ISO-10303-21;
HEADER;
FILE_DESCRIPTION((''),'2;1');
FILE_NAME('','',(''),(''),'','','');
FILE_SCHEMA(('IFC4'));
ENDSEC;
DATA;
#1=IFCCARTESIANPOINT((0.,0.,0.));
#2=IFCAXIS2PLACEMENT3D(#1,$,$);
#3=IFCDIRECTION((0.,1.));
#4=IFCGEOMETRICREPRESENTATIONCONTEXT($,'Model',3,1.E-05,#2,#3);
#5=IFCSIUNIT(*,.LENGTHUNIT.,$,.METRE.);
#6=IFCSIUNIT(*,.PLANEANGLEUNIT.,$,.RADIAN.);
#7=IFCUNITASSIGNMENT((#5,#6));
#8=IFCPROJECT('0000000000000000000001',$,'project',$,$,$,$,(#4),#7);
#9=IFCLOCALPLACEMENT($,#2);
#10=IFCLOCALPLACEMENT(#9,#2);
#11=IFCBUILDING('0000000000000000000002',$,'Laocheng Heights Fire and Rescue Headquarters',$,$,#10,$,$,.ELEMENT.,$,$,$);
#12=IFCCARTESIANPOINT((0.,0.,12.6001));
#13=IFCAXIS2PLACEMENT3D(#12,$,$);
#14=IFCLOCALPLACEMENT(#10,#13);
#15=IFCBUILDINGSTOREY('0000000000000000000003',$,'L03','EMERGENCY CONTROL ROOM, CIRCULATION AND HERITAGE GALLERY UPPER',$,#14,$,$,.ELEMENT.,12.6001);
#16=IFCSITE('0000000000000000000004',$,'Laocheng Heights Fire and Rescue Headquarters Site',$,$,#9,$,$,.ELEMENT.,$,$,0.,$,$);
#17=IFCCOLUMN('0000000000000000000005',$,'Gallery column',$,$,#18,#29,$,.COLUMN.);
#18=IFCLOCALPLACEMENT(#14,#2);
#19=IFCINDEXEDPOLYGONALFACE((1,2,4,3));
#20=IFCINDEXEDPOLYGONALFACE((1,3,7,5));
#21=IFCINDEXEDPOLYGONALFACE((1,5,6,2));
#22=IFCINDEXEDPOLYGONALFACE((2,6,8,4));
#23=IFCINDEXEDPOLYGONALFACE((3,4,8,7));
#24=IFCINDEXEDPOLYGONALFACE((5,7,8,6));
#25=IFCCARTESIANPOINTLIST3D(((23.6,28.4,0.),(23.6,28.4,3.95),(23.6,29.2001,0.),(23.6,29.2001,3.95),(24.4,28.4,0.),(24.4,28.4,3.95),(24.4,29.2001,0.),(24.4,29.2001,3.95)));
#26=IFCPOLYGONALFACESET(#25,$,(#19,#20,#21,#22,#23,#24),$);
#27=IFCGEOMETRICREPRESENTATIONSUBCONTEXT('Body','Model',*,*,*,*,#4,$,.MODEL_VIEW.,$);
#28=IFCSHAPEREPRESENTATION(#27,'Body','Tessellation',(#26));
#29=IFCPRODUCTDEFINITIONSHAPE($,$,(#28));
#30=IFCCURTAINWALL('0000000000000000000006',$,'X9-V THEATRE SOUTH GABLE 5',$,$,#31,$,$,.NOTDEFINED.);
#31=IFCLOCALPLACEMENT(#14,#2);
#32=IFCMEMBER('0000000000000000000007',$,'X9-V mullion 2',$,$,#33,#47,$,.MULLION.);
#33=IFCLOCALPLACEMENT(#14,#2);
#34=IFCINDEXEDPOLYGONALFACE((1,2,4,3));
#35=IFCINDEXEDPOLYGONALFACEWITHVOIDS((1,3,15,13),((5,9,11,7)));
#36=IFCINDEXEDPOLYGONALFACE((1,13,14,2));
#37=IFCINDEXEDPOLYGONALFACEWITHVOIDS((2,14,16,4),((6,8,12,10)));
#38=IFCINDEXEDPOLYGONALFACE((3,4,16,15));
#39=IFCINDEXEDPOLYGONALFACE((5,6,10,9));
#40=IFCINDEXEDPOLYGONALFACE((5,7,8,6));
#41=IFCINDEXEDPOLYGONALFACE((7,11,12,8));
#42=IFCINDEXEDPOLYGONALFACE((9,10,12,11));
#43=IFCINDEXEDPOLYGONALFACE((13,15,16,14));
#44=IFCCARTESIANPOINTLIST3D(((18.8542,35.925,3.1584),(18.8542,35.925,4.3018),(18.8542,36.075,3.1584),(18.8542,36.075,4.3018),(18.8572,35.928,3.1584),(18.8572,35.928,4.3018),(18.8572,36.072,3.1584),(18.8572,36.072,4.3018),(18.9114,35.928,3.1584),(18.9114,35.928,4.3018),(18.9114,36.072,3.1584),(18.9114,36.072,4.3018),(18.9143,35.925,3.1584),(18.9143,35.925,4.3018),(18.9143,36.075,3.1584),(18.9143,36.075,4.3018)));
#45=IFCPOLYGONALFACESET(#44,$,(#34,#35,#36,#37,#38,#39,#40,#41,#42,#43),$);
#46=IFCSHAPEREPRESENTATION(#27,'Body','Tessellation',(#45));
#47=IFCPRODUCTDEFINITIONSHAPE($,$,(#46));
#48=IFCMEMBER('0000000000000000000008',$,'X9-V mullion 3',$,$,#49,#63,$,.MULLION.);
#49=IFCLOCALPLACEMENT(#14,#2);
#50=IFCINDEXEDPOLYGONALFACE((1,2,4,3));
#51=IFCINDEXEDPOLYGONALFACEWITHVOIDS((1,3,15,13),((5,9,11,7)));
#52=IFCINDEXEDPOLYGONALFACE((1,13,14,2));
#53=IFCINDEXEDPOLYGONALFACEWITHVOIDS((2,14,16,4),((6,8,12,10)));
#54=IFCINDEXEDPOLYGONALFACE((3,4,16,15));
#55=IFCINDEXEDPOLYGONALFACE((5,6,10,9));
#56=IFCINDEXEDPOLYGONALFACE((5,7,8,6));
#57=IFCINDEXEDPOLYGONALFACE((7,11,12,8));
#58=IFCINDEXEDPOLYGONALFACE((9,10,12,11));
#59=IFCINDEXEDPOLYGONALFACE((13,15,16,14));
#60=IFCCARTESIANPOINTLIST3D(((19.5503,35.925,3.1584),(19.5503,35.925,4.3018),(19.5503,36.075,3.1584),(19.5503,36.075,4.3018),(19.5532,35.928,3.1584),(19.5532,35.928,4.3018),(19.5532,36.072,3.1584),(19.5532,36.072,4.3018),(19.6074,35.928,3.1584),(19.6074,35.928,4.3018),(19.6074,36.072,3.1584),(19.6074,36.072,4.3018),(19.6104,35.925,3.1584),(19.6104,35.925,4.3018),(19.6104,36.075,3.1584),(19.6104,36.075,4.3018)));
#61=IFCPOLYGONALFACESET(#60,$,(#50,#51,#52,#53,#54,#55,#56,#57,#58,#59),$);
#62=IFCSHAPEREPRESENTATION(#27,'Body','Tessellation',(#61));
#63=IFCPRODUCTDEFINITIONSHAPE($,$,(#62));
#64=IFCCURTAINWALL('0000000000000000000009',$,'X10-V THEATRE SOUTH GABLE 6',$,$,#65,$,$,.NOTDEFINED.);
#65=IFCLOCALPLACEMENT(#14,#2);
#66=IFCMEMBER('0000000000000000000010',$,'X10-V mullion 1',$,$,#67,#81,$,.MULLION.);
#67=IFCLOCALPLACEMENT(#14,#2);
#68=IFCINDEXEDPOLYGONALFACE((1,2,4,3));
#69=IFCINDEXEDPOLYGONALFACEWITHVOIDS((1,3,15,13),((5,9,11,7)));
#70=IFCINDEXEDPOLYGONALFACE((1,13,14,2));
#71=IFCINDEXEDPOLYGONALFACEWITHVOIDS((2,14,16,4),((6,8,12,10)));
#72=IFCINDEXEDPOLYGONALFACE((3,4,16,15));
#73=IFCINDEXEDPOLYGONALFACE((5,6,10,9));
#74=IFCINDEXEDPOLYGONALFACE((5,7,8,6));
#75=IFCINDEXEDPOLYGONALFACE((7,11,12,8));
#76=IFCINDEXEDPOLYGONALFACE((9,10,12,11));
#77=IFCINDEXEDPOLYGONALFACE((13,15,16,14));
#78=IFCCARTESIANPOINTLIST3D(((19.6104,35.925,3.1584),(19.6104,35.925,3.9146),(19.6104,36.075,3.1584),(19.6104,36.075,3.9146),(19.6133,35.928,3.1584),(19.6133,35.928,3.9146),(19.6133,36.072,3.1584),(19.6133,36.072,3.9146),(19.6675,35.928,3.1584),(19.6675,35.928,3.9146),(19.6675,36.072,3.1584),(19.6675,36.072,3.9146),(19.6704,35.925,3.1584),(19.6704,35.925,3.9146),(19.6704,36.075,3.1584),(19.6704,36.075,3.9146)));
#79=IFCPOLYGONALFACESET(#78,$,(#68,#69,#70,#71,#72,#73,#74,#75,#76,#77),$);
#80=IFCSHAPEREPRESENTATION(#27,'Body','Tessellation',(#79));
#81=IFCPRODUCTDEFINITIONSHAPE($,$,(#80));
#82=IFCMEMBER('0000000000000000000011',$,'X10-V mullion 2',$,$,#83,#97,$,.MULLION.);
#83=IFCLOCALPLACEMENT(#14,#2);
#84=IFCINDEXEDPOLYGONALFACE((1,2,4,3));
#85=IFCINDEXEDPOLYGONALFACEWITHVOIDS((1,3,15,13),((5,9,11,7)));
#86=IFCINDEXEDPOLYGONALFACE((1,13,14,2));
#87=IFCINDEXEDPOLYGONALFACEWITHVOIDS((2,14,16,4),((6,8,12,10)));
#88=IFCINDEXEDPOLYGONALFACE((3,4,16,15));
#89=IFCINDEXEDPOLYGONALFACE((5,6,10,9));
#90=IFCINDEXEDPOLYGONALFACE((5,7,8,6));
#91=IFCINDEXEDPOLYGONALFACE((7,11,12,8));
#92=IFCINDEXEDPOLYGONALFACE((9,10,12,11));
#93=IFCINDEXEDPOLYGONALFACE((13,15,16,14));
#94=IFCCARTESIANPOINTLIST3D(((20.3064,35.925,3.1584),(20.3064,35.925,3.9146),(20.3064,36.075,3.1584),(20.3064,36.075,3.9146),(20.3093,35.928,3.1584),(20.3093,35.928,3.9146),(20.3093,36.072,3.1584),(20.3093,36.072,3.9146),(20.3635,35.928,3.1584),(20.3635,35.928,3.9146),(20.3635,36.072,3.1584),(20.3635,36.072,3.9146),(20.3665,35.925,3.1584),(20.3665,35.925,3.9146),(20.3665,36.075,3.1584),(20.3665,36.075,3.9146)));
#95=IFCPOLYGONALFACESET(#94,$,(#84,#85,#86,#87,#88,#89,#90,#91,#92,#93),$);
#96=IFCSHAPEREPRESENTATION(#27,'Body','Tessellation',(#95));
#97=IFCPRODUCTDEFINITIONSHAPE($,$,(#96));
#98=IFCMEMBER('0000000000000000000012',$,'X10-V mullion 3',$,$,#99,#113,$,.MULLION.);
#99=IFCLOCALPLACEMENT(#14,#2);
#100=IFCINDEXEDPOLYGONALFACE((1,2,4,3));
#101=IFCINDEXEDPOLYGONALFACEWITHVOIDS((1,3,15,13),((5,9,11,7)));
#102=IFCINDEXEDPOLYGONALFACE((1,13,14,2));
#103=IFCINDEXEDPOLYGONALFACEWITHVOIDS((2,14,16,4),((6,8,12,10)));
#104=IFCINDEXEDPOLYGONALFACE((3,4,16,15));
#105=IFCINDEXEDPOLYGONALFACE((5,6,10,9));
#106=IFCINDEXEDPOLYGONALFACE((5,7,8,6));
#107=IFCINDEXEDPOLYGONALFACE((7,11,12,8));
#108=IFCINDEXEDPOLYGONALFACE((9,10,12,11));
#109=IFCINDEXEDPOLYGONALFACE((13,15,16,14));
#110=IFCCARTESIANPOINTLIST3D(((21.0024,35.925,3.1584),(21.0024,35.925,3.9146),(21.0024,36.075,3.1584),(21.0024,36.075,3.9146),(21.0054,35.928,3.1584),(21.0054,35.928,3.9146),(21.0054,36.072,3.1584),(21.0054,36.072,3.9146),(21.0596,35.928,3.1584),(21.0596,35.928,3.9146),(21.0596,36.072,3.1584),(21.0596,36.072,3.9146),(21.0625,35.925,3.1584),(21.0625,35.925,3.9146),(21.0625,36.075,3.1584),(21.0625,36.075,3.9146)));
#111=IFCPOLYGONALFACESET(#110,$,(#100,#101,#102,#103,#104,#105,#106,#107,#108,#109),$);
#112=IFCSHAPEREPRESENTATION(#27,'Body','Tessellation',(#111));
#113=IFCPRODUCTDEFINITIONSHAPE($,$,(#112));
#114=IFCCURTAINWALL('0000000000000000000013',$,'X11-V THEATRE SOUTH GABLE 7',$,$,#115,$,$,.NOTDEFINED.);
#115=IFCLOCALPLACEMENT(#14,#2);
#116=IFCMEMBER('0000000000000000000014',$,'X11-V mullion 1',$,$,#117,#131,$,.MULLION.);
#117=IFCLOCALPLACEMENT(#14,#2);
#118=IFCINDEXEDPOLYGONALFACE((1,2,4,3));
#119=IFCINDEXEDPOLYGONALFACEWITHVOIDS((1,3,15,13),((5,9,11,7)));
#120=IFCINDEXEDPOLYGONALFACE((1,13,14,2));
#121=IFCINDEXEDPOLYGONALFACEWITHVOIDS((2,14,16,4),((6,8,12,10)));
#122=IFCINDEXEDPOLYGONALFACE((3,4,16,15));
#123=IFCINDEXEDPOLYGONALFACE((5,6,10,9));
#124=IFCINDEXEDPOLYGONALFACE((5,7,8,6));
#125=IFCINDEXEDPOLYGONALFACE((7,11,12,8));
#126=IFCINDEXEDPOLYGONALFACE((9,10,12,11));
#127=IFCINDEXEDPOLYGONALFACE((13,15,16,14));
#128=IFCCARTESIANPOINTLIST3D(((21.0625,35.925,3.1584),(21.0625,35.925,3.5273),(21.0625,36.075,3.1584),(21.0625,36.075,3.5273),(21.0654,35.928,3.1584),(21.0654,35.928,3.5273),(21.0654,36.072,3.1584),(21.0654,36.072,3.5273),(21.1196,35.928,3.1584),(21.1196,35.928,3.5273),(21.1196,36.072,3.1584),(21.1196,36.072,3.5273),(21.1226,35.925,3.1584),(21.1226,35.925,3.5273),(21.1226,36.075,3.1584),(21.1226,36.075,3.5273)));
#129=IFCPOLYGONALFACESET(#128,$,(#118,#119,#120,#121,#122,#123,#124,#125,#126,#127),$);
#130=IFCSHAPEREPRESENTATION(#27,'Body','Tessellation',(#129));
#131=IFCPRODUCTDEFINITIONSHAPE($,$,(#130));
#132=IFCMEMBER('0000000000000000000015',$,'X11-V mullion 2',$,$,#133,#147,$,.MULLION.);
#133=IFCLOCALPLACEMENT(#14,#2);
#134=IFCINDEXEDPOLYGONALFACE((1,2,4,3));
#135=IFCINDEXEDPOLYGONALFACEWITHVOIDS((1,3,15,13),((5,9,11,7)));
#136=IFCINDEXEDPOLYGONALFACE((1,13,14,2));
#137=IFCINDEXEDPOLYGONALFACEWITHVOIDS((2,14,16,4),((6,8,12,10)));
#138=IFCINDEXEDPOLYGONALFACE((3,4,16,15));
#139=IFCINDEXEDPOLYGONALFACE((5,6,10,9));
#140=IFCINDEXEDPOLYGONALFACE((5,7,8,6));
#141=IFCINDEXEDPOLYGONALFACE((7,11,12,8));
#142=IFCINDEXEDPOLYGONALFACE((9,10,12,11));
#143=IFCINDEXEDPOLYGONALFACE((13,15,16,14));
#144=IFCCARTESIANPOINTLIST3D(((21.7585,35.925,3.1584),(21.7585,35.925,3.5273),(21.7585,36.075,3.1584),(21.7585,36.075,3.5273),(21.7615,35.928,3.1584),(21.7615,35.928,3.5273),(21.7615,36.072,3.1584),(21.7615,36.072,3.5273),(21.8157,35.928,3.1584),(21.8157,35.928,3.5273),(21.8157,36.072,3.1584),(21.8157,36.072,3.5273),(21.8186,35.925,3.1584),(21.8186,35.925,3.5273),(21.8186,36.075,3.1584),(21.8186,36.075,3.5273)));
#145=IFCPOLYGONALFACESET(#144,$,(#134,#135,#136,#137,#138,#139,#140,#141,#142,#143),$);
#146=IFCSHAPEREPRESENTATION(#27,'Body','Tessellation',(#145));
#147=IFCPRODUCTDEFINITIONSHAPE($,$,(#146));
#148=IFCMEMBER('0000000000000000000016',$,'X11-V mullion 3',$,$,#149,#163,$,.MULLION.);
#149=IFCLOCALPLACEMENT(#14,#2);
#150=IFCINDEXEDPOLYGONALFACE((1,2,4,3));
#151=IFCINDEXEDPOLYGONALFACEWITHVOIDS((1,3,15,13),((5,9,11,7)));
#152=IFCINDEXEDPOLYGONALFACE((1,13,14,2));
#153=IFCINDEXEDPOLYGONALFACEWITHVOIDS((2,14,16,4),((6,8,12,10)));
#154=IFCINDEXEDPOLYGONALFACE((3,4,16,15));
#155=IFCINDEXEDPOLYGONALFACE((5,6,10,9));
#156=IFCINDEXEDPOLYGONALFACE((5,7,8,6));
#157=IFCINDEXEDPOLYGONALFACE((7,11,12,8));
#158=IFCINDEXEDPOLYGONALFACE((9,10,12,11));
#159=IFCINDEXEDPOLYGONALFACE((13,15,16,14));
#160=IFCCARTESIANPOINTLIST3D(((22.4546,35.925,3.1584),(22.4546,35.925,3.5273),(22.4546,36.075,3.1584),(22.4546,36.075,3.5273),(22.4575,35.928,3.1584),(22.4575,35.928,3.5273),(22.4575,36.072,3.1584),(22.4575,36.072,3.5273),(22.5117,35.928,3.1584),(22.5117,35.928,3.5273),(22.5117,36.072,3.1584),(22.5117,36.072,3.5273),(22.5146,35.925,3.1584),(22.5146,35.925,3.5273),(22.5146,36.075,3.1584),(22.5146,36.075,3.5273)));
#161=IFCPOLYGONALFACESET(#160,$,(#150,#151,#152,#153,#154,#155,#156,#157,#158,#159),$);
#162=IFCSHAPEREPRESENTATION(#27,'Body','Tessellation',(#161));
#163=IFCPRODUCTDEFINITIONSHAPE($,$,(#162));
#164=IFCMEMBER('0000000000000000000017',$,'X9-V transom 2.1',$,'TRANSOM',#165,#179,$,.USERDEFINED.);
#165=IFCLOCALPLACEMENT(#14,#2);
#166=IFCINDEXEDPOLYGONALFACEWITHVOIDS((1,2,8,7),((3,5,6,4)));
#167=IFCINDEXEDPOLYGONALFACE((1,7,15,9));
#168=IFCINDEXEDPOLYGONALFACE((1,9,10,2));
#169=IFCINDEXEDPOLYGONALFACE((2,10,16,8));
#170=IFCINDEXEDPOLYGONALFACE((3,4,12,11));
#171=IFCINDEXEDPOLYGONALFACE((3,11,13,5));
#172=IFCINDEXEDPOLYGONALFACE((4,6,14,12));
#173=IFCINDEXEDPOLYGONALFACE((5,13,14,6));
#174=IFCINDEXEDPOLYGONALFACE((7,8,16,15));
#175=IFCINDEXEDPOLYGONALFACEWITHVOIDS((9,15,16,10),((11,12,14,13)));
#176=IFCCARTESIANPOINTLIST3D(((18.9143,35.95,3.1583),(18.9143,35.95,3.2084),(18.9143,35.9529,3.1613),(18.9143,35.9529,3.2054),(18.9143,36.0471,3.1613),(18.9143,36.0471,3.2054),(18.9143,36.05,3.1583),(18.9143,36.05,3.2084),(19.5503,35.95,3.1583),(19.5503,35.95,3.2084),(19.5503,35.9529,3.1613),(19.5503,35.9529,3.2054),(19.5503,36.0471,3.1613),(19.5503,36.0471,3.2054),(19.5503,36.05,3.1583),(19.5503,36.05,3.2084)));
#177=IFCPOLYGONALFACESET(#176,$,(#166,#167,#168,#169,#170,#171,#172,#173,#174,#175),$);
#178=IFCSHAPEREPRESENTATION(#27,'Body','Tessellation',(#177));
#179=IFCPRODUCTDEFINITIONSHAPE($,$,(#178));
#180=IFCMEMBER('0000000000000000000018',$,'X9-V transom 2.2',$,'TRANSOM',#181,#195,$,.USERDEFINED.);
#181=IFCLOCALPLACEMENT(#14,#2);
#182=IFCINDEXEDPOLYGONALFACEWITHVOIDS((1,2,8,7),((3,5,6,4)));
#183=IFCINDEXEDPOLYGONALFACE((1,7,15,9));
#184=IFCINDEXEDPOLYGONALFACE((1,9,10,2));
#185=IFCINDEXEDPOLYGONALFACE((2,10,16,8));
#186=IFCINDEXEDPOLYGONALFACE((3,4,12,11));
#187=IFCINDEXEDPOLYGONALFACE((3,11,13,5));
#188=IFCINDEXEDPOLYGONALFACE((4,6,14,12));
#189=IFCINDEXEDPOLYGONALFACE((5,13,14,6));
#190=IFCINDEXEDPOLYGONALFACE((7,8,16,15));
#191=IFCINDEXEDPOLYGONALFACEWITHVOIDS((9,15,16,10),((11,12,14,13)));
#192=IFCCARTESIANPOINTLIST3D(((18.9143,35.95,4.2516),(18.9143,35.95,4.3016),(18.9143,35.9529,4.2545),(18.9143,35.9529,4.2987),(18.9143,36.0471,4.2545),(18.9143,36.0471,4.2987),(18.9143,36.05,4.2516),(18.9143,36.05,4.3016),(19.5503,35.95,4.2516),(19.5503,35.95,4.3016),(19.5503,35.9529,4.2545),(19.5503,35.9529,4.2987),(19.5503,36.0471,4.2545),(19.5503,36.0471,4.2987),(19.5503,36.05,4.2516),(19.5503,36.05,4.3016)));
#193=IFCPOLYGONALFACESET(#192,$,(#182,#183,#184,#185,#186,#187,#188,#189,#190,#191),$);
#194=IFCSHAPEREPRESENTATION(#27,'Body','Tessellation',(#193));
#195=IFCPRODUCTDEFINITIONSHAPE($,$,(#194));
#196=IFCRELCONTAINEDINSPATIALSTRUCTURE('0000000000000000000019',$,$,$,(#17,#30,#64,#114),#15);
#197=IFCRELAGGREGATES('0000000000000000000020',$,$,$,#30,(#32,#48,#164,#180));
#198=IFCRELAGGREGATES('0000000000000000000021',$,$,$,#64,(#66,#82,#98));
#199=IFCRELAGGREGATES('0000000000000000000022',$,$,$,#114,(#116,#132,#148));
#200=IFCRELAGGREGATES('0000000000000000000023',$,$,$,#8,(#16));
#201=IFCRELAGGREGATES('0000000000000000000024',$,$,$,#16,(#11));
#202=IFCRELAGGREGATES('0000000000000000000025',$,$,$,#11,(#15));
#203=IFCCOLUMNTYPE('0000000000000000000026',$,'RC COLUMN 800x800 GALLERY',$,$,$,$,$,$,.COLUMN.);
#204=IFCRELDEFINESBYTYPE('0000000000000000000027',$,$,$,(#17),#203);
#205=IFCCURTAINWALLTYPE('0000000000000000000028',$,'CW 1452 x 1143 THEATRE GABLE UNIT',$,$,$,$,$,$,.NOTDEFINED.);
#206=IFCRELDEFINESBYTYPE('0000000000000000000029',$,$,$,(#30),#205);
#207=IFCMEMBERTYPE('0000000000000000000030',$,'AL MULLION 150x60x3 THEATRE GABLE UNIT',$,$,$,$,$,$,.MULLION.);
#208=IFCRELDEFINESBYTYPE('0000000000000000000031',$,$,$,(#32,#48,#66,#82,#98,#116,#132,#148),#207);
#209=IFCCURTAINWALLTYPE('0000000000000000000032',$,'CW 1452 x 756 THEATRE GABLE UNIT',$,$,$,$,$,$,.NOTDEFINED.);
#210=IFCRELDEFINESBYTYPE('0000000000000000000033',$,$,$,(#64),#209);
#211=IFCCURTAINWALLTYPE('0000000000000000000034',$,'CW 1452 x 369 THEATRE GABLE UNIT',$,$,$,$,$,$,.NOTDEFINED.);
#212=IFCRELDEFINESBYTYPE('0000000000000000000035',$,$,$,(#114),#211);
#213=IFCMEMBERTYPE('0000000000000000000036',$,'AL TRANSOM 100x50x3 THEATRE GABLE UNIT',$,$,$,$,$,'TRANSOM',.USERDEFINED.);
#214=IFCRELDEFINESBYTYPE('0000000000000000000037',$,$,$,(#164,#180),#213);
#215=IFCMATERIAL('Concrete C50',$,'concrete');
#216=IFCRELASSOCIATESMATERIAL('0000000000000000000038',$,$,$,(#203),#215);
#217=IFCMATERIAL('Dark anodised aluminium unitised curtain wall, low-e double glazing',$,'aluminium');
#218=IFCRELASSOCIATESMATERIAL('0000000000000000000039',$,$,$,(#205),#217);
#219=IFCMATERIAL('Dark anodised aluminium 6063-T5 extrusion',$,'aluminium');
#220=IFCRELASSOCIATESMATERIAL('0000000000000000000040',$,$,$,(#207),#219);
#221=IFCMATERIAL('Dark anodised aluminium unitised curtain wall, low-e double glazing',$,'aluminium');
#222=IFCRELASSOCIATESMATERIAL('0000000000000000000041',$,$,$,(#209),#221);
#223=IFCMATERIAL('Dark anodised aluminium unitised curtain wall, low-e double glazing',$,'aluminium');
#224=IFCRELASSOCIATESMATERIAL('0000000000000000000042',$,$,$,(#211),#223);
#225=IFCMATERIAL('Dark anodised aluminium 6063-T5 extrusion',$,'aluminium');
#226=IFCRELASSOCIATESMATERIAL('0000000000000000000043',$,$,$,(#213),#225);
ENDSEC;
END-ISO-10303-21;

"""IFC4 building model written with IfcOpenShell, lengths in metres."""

from ifc_helpers import new_model, si_unit, direction, frame, origin, origin_2d, place, context, subcontext, project, spatial, rectangle, hollow_rectangle, extrude, material, material_profile, profile_set, type_object, element, aggregate, save


model = new_model("IFC4")

# Units and contexts
model_context = context("Model", 3, precision=1e-05, world=origin(), true_north=direction((0.0, 1.0)))
body_context = subcontext(model_context, "Body", "Model", "MODEL_VIEW")
ifc_project = project(units=[si_unit("LENGTHUNIT", "METRE"), si_unit("PLANEANGLEUNIT", "RADIAN")], contexts=[model_context])

# Site, building, storey
site_placement = place(None, origin())
site = spatial("IfcSite", under=ifc_project, at=site_placement, Name="Laocheng Heights Fire and Rescue Headquarters Site", CompositionType="ELEMENT", RefElevation=0.0)
building_placement = place(site_placement, origin())
building = spatial("IfcBuilding", under=site, at=building_placement, Name="Laocheng Heights Fire and Rescue Headquarters", CompositionType="ELEMENT")
storey_placement = place(building_placement, frame((0.0, 0.0, 12.6001)))
storey = spatial("IfcBuildingStorey", under=building, at=storey_placement, Name="L03", Description="EMERGENCY CONTROL ROOM, CIRCULATION AND HERITAGE GALLERY UPPER", CompositionType="ELEMENT", Elevation=12.6001)

# Column
ifc_material_1 = material(Name="Concrete C50", Category="concrete")
ifc_material_profile_1 = material_profile(ifc_material_1, rectangle(XDim=0.8, YDim=0.8, at=origin_2d()), Name="RC COLUMN 800x800 GALLERY")
ifc_profile_set_1 = profile_set([ifc_material_profile_1], Name="Concrete C50")
column_type = type_object("IfcColumnType", Name="RC COLUMN 800x800 GALLERY", PredefinedType="COLUMN", material=ifc_profile_set_1)
column_placement = place(storey_placement, frame((24.0, 28.8, 0.0), z_axis=(0.0, 0.0, 1.0), x_axis=(1.0, 0.0, 0.0)))
element("IfcColumn", 1, at=column_placement, inside=storey, type_object=column_type, Name="Gallery column", PredefinedType="COLUMN", context=body_context, shape_type="SweptSolid", body=[
    extrude(rectangle(XDim=0.8, YDim=0.8, at=origin_2d()), origin(), (0.0, 0.0, 1.0), 3.95),
])

# Curtain walls, members
ifc_material_2 = material(Name="Dark anodised aluminium unitised curtain wall, low-e double glazing", Category="aluminium")
curtain_wall_type_1 = type_object("IfcCurtainWallType", Name="CW 1452 x 1143 THEATRE GABLE UNIT", PredefinedType="NOTDEFINED", material=ifc_material_2)
curtain_wall_1_placement = place(storey_placement, origin())
curtain_wall_1 = element("IfcCurtainWall", 2, at=curtain_wall_1_placement, inside=storey, type_object=curtain_wall_type_1, Name="X9-V THEATRE SOUTH GABLE 5", PredefinedType="NOTDEFINED")
ifc_material_3 = material(Name="Dark anodised aluminium 6063-T5 extrusion", Category="aluminium")
ifc_material_profile_2 = material_profile(ifc_material_3, hollow_rectangle(XDim=0.1499, YDim=0.0601, WallThickness=0.0029, at=origin_2d()), Name="AL MULLION 150x60x3 THEATRE GABLE UNIT")
ifc_profile_set_2 = profile_set([ifc_material_profile_2], Name="Dark anodised aluminium 6063-T5 extrusion")
member_type_1 = type_object("IfcMemberType", Name="AL MULLION 150x60x3 THEATRE GABLE UNIT", PredefinedType="MULLION", material=ifc_profile_set_2)
member_1_placement = place(storey_placement, frame((18.8843, 36.0, 3.1584), z_axis=(0.0, 0.0, 1.0), x_axis=(0.0, 1.0, 0.0)))
member_1 = element("IfcMember", 3, at=member_1_placement, type_object=member_type_1, Name="X9-V mullion 2", PredefinedType="MULLION", context=body_context, shape_type="SweptSolid", body=[
    extrude(hollow_rectangle(XDim=0.1499, YDim=0.0601, WallThickness=0.0029, at=origin_2d()), origin(), (0.0, 0.0, 1.0), 1.1433),
])
member_2_placement = place(storey_placement, frame((19.5803, 36.0, 3.1584), z_axis=(0.0, 0.0, 1.0), x_axis=(0.0, 1.0, 0.0)))
member_2 = element("IfcMember", 4, at=member_2_placement, type_object=member_type_1, Name="X9-V mullion 3", PredefinedType="MULLION", context=body_context, shape_type="SweptSolid", body=[
    extrude(hollow_rectangle(XDim=0.1499, YDim=0.0601, WallThickness=0.0029, at=origin_2d()), origin(), (0.0, 0.0, 1.0), 1.1433),
])
ifc_material_4 = material(Name="Dark anodised aluminium unitised curtain wall, low-e double glazing", Category="aluminium")
curtain_wall_type_2 = type_object("IfcCurtainWallType", Name="CW 1452 x 756 THEATRE GABLE UNIT", PredefinedType="NOTDEFINED", material=ifc_material_4)
curtain_wall_2_placement = place(storey_placement, origin())
curtain_wall_2 = element("IfcCurtainWall", 5, at=curtain_wall_2_placement, inside=storey, type_object=curtain_wall_type_2, Name="X10-V THEATRE SOUTH GABLE 6", PredefinedType="NOTDEFINED")
member_3_placement = place(storey_placement, frame((19.6404, 36.0, 3.1584), z_axis=(0.0, 0.0, 1.0), x_axis=(0.0, 1.0, 0.0)))
member_3 = element("IfcMember", 6, at=member_3_placement, type_object=member_type_1, Name="X10-V mullion 1", PredefinedType="MULLION", context=body_context, shape_type="SweptSolid", body=[
    extrude(hollow_rectangle(XDim=0.1499, YDim=0.0601, WallThickness=0.0029, at=origin_2d()), origin(), (0.0, 0.0, 1.0), 0.7561),
])
member_4_placement = place(storey_placement, frame((20.3364, 36.0, 3.1584), z_axis=(0.0, 0.0, 1.0), x_axis=(0.0, 1.0, 0.0)))
member_4 = element("IfcMember", 7, at=member_4_placement, type_object=member_type_1, Name="X10-V mullion 2", PredefinedType="MULLION", context=body_context, shape_type="SweptSolid", body=[
    extrude(hollow_rectangle(XDim=0.1499, YDim=0.0601, WallThickness=0.0029, at=origin_2d()), origin(), (0.0, 0.0, 1.0), 0.7561),
])
member_5_placement = place(storey_placement, frame((21.0325, 36.0, 3.1584), z_axis=(0.0, 0.0, 1.0), x_axis=(0.0, 1.0, 0.0)))
member_5 = element("IfcMember", 8, at=member_5_placement, type_object=member_type_1, Name="X10-V mullion 3", PredefinedType="MULLION", context=body_context, shape_type="SweptSolid", body=[
    extrude(hollow_rectangle(XDim=0.1499, YDim=0.0601, WallThickness=0.0029, at=origin_2d()), origin(), (0.0, 0.0, 1.0), 0.7561),
])
ifc_material_5 = material(Name="Dark anodised aluminium unitised curtain wall, low-e double glazing", Category="aluminium")
curtain_wall_type_3 = type_object("IfcCurtainWallType", Name="CW 1452 x 369 THEATRE GABLE UNIT", PredefinedType="NOTDEFINED", material=ifc_material_5)
curtain_wall_3_placement = place(storey_placement, origin())
curtain_wall_3 = element("IfcCurtainWall", 9, at=curtain_wall_3_placement, inside=storey, type_object=curtain_wall_type_3, Name="X11-V THEATRE SOUTH GABLE 7", PredefinedType="NOTDEFINED")
member_6_placement = place(storey_placement, frame((21.0925, 36.0, 3.1584), z_axis=(0.0, 0.0, 1.0), x_axis=(0.0, 1.0, 0.0)))
member_6 = element("IfcMember", 10, at=member_6_placement, type_object=member_type_1, Name="X11-V mullion 1", PredefinedType="MULLION", context=body_context, shape_type="SweptSolid", body=[
    extrude(hollow_rectangle(XDim=0.1499, YDim=0.0601, WallThickness=0.0029, at=origin_2d()), origin(), (0.0, 0.0, 1.0), 0.3689),
])
member_7_placement = place(storey_placement, frame((21.7886, 36.0, 3.1584), z_axis=(0.0, 0.0, 1.0), x_axis=(0.0, 1.0, 0.0)))
member_7 = element("IfcMember", 11, at=member_7_placement, type_object=member_type_1, Name="X11-V mullion 2", PredefinedType="MULLION", context=body_context, shape_type="SweptSolid", body=[
    extrude(hollow_rectangle(XDim=0.1499, YDim=0.0601, WallThickness=0.0029, at=origin_2d()), origin(), (0.0, 0.0, 1.0), 0.3689),
])
member_8_placement = place(storey_placement, frame((22.4846, 36.0, 3.1584), z_axis=(0.0, 0.0, 1.0), x_axis=(0.0, 1.0, 0.0)))
member_8 = element("IfcMember", 12, at=member_8_placement, type_object=member_type_1, Name="X11-V mullion 3", PredefinedType="MULLION", context=body_context, shape_type="SweptSolid", body=[
    extrude(hollow_rectangle(XDim=0.1499, YDim=0.0601, WallThickness=0.0029, at=origin_2d()), origin(), (0.0, 0.0, 1.0), 0.3689),
])

# Members
ifc_material_6 = material(Name="Dark anodised aluminium 6063-T5 extrusion", Category="aluminium")
ifc_material_profile_3 = material_profile(ifc_material_6, hollow_rectangle(XDim=0.1001, YDim=0.05, WallThickness=0.0029, at=origin_2d()), Name="AL TRANSOM 100x50x3 THEATRE GABLE UNIT")
ifc_profile_set_3 = profile_set([ifc_material_profile_3], Name="Dark anodised aluminium 6063-T5 extrusion")
member_type_2 = type_object("IfcMemberType", Name="AL TRANSOM 100x50x3 THEATRE GABLE UNIT", ElementType="TRANSOM", PredefinedType="USERDEFINED", material=ifc_profile_set_3)
member_9_placement = place(storey_placement, frame((18.9143, 36.0, 3.1833), z_axis=(1.0, 0.0, 0.0), x_axis=(0.0, 1.0, 0.0)))
member_9 = element("IfcMember", 13, at=member_9_placement, type_object=member_type_2, Name="X9-V transom 2.1", ObjectType="TRANSOM", PredefinedType="USERDEFINED", context=body_context, shape_type="SweptSolid", body=[
    extrude(hollow_rectangle(XDim=0.1001, YDim=0.05, WallThickness=0.0029, at=origin_2d()), origin(), (0.0, 0.0, 1.0), 0.636),
])
member_10_placement = place(storey_placement, frame((18.9143, 36.0, 4.2766), z_axis=(1.0, 0.0, 0.0), x_axis=(0.0, 1.0, 0.0)))
member_10 = element("IfcMember", 14, at=member_10_placement, type_object=member_type_2, Name="X9-V transom 2.2", ObjectType="TRANSOM", PredefinedType="USERDEFINED", context=body_context, shape_type="SweptSolid", body=[
    extrude(hollow_rectangle(XDim=0.1001, YDim=0.05, WallThickness=0.0029, at=origin_2d()), origin(), (0.0, 0.0, 1.0), 0.636),
])

aggregate(curtain_wall_1, [member_1, member_2, member_9, member_10])
aggregate(curtain_wall_2, [member_3, member_4, member_5])
aggregate(curtain_wall_3, [member_6, member_7, member_8])

save(model, "model.ifc")
